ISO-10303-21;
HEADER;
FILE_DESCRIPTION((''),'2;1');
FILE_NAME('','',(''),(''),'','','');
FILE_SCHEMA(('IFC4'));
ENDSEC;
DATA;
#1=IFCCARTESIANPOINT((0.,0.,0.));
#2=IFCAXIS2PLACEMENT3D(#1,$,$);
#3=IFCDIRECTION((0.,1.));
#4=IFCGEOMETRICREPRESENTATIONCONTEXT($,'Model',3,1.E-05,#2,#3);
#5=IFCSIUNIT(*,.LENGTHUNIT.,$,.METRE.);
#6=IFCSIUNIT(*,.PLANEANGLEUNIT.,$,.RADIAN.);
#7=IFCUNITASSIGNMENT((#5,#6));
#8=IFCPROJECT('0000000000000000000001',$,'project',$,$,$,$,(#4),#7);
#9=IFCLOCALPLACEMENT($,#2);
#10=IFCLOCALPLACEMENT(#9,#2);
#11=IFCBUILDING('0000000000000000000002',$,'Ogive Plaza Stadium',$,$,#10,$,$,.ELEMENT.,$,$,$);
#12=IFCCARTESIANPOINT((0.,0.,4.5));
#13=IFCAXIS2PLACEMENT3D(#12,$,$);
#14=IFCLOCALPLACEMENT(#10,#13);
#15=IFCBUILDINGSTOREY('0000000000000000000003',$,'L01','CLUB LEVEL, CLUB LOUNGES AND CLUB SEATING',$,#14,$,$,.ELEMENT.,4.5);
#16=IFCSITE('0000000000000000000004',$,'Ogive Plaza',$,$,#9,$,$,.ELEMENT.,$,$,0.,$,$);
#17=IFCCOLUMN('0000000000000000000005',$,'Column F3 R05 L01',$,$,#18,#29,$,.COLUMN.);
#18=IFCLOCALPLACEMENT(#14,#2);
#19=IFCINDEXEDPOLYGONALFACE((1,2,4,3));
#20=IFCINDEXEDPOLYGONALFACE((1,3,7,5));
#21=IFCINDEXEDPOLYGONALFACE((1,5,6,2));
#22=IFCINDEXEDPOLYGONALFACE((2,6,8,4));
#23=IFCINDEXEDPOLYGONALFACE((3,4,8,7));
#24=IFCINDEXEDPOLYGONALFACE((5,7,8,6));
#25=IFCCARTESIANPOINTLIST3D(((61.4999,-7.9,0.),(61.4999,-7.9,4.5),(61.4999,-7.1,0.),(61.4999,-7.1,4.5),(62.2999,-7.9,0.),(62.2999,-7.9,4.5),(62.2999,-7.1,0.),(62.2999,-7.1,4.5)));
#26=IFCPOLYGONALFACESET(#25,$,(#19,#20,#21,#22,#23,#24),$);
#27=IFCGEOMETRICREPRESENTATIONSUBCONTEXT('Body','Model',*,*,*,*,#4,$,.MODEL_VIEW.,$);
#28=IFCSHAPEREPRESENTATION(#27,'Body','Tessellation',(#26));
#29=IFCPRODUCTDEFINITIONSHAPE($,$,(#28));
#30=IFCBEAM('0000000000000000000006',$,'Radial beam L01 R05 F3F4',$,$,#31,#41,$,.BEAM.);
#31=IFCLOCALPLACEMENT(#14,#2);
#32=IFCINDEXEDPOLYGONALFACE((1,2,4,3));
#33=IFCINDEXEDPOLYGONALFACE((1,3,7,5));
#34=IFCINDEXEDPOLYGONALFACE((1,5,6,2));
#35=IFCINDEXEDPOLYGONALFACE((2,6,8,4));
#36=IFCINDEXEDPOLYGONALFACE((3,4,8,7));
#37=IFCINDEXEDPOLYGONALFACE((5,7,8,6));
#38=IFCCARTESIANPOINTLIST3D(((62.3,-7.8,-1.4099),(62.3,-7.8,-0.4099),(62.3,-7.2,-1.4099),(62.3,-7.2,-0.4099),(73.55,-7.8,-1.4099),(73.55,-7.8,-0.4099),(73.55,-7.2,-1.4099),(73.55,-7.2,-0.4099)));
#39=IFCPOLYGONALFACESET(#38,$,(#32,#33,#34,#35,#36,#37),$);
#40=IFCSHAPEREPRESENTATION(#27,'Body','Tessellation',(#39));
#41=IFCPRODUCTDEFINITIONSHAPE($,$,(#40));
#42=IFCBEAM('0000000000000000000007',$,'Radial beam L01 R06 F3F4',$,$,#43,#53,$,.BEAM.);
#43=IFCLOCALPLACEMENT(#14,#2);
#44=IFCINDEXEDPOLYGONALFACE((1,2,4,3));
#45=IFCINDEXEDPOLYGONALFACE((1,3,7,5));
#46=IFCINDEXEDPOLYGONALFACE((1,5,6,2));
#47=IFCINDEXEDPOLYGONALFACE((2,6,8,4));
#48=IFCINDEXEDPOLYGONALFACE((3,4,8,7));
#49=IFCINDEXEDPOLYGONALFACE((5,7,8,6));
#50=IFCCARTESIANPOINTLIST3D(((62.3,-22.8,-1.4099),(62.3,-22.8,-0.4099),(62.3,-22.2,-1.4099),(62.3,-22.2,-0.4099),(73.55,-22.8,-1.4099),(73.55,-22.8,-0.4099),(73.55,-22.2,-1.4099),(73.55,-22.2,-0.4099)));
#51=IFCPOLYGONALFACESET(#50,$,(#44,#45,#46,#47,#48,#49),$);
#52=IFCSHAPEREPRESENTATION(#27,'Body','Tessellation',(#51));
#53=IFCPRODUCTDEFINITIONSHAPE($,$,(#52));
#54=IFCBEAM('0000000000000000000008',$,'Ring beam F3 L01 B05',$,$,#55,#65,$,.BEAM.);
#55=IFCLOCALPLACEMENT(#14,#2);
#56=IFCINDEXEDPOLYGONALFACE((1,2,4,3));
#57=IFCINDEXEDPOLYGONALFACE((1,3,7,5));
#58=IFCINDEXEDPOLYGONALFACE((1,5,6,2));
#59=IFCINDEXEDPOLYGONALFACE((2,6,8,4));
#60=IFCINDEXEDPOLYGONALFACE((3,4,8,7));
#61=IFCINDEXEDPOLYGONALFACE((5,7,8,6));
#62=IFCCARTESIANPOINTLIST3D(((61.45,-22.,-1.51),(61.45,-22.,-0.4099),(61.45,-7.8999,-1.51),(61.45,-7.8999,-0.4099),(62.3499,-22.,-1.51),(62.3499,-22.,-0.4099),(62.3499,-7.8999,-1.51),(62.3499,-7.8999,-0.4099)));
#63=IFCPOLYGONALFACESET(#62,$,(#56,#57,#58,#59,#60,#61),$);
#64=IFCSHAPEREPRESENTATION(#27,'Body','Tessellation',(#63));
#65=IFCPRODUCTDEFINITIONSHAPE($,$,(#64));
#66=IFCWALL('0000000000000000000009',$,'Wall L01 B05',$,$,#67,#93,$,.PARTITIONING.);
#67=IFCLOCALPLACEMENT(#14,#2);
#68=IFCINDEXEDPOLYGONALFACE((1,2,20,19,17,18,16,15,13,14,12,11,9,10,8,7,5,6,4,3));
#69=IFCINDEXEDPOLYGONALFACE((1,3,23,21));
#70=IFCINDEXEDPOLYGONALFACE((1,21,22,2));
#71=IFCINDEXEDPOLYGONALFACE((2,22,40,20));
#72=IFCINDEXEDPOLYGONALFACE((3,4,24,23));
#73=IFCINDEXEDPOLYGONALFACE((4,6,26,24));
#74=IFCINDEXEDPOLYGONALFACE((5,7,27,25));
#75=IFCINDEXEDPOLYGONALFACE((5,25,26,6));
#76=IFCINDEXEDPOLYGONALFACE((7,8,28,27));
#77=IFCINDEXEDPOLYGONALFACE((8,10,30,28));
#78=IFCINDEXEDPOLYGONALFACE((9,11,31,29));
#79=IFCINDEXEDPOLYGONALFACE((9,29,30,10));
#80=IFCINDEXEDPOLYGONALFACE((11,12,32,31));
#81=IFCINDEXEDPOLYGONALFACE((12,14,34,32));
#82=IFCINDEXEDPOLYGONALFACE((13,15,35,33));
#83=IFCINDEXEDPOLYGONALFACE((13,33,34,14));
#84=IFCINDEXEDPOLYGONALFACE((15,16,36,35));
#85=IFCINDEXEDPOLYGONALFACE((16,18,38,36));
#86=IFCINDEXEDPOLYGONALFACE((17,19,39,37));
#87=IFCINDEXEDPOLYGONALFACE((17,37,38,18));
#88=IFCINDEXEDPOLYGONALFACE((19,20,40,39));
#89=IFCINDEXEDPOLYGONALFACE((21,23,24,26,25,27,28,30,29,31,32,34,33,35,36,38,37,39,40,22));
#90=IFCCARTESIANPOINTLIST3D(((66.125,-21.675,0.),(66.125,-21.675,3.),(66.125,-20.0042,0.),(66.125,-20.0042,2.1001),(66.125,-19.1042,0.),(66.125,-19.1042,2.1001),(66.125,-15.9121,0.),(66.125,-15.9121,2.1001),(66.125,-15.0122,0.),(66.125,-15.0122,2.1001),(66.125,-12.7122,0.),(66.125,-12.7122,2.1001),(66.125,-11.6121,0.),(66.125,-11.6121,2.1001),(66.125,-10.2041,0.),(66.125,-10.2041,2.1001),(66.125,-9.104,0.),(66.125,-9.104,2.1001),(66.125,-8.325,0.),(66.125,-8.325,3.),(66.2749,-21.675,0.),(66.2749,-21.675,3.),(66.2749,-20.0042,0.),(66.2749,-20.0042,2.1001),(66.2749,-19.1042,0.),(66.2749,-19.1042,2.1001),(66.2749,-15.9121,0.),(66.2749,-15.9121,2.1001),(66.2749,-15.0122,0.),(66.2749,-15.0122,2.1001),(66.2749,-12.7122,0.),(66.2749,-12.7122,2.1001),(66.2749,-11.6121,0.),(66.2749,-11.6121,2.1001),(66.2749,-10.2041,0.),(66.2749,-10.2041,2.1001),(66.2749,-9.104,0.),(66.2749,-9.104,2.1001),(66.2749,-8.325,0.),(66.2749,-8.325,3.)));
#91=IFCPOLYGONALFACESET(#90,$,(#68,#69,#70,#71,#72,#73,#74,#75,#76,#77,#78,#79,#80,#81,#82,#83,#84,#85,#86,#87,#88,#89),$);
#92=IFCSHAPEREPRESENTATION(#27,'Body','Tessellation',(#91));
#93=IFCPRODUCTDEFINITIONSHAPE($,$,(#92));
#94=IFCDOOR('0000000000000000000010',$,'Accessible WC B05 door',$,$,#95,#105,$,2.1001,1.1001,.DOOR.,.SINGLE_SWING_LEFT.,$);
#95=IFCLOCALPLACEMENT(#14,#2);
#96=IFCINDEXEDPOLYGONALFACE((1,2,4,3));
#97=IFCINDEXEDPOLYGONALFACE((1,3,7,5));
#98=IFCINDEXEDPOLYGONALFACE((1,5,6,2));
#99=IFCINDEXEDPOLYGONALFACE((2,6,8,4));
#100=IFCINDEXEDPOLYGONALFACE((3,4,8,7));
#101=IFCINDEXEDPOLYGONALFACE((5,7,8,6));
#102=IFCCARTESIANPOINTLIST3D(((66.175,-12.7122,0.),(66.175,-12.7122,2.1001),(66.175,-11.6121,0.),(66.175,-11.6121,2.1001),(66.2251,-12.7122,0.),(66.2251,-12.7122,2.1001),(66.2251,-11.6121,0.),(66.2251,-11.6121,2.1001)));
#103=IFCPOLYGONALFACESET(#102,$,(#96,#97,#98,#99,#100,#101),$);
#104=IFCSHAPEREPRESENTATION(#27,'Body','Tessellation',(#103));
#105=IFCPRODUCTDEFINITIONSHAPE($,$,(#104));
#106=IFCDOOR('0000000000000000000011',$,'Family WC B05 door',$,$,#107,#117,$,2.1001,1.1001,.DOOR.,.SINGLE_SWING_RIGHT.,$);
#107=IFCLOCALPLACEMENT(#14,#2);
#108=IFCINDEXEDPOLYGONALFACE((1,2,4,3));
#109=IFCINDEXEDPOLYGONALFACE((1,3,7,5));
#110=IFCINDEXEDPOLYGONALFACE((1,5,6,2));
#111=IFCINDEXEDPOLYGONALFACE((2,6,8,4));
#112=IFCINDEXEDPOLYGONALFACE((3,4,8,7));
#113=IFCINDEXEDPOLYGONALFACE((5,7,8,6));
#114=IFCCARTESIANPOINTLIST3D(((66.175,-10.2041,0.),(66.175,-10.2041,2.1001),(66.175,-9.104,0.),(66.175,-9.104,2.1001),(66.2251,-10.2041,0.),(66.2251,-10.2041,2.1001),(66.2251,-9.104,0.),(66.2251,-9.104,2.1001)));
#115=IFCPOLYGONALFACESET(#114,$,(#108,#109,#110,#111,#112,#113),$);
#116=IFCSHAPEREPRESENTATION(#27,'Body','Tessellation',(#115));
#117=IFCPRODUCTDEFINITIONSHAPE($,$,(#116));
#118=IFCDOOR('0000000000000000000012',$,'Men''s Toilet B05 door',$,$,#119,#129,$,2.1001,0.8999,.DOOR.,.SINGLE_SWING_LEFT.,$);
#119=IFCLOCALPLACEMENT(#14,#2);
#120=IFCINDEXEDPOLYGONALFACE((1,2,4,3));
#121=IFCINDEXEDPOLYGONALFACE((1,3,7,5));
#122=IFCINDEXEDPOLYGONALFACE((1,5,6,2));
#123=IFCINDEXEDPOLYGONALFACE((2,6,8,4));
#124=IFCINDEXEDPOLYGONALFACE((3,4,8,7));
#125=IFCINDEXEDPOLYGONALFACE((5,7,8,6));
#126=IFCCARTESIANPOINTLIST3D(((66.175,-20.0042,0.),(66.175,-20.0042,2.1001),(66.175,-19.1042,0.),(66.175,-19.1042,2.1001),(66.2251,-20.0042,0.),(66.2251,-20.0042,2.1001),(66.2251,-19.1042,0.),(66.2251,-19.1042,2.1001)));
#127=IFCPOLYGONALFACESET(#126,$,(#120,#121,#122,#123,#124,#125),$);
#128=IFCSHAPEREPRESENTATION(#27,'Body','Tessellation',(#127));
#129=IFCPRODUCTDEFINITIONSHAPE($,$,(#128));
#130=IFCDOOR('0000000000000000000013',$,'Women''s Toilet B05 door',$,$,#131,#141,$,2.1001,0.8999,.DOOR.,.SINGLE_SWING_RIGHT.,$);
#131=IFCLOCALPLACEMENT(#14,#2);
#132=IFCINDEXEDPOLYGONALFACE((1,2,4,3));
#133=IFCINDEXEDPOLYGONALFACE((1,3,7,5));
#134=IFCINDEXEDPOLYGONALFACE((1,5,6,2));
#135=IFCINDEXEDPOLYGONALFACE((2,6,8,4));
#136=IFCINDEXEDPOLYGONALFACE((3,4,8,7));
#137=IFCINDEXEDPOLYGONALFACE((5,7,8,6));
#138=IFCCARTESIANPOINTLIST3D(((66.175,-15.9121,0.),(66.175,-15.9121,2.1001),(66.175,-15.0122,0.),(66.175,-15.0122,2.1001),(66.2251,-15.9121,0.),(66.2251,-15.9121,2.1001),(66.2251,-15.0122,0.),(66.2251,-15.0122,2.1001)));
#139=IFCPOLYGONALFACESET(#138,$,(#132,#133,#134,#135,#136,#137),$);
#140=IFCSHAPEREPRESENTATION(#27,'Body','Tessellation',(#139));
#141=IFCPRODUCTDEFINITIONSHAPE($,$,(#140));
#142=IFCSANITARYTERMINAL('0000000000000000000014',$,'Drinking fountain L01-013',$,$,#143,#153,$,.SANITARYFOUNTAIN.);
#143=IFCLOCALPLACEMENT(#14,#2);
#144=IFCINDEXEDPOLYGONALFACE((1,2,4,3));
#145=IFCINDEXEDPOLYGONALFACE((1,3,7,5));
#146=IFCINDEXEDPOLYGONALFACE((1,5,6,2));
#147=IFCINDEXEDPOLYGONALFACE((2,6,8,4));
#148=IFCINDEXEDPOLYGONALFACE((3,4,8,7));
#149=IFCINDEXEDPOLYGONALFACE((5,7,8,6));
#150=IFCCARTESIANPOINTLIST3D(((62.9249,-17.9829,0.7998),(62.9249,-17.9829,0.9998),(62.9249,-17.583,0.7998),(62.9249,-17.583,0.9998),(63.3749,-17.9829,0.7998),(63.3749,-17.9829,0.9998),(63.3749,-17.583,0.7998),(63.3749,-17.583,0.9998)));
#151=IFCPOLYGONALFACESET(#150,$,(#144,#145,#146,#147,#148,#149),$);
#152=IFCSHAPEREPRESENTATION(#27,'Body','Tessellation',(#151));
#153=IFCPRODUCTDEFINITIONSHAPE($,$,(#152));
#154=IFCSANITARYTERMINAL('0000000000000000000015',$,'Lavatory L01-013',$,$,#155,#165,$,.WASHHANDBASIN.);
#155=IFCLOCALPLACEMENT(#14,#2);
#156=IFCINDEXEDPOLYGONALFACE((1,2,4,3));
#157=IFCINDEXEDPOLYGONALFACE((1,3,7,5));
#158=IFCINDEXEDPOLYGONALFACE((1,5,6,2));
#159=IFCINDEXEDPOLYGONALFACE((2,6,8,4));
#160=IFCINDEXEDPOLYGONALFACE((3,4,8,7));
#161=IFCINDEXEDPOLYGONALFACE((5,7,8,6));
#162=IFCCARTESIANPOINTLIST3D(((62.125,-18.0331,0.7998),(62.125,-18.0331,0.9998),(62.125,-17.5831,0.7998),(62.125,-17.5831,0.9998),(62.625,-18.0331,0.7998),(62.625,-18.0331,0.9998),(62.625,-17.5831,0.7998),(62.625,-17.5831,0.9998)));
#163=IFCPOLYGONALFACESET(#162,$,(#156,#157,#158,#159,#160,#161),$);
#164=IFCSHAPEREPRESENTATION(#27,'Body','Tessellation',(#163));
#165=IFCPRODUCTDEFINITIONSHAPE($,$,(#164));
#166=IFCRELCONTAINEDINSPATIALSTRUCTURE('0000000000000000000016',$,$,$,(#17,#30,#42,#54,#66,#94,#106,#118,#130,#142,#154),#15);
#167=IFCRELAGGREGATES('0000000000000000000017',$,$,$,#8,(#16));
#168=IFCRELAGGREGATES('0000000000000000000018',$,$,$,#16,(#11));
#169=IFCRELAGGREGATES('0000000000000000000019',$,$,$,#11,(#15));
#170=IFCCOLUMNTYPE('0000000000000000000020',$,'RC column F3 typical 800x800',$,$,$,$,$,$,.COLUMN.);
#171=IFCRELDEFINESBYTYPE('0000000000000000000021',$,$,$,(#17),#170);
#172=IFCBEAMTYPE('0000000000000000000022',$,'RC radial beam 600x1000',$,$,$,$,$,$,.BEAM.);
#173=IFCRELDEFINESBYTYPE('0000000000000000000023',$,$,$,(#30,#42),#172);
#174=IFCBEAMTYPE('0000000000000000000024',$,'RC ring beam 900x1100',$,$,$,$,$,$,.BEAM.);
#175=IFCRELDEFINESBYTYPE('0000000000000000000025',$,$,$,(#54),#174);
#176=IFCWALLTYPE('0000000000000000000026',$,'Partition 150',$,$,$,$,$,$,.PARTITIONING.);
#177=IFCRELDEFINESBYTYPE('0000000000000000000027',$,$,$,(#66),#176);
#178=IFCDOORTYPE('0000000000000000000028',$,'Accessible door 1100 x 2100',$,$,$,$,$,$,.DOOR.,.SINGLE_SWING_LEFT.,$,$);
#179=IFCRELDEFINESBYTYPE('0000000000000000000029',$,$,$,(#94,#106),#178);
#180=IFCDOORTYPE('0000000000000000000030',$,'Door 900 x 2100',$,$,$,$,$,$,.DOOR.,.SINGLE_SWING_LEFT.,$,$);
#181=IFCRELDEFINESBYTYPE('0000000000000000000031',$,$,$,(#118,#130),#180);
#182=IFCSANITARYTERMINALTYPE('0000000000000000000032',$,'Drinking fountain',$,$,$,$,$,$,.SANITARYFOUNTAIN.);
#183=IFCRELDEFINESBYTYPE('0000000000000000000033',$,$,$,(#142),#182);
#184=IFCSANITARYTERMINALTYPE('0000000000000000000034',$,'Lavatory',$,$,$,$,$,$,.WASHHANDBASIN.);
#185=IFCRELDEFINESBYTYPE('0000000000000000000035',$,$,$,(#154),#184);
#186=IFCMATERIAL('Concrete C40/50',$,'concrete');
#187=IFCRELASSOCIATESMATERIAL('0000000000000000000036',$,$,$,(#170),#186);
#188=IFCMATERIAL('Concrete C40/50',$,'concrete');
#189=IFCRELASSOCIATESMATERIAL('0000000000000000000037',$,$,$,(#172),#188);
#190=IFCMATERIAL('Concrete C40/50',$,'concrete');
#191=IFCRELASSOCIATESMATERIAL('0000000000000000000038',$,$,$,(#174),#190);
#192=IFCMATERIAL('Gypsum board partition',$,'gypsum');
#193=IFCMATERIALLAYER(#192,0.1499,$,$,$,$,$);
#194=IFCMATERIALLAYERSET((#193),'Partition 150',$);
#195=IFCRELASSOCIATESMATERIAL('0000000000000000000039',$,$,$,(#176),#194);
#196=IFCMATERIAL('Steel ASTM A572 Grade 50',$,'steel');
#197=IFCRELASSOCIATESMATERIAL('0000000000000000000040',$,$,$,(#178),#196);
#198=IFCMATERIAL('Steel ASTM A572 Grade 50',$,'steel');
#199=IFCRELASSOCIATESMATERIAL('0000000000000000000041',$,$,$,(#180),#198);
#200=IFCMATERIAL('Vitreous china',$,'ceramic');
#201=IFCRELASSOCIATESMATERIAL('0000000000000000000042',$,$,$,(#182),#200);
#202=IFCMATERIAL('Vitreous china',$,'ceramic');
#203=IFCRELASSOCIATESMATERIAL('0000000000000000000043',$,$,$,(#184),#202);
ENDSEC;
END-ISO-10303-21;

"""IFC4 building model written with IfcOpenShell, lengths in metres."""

from ifc_helpers import new_model, si_unit, direction, frame, frame_2d, origin, origin_2d, place, context, subcontext, project, spatial, rectangle, extrude, material, layer, layer_set, material_profile, profile_set, type_object, element, fill, save


model = new_model("IFC4")

# Units and contexts
model_context = context("Model", 3, precision=1e-05, world=origin(), true_north=direction((0.0, 1.0)))
body_context = subcontext(model_context, "Body", "Model", "MODEL_VIEW")
ifc_project = project(units=[si_unit("LENGTHUNIT", "METRE"), si_unit("PLANEANGLEUNIT", "RADIAN")], contexts=[model_context])

# Site, building, storey
site_placement = place(None, origin())
site = spatial("IfcSite", under=ifc_project, at=site_placement, Name="Ogive Plaza", CompositionType="ELEMENT", RefElevation=0.0)
building_placement = place(site_placement, origin())
building = spatial("IfcBuilding", under=site, at=building_placement, Name="Ogive Plaza Stadium", CompositionType="ELEMENT")
storey_placement = place(building_placement, frame((0.0, 0.0, 4.5)))
storey = spatial("IfcBuildingStorey", under=building, at=storey_placement, Name="L01", Description="CLUB LEVEL, CLUB LOUNGES AND CLUB SEATING", CompositionType="ELEMENT", Elevation=4.5)

# Column
ifc_material_1 = material(Name="Concrete C40/50", Category="concrete")
ifc_material_profile_1 = material_profile(ifc_material_1, rectangle(XDim=0.8, YDim=0.8, at=origin_2d()), Name="RC 800x800")
ifc_profile_set_1 = profile_set([ifc_material_profile_1], Name="Concrete C40/50")
column_type = type_object("IfcColumnType", Name="RC column F3 typical 800x800", PredefinedType="COLUMN", material=ifc_profile_set_1)
column_placement = place(storey_placement, frame((61.8999, -7.5, 0.0), z_axis=(0.0, 0.0, 1.0), x_axis=(0.0, 1.0, 0.0)))
element("IfcColumn", 1, at=column_placement, inside=storey, type_object=column_type, Name="Column F3 R05 L01", PredefinedType="COLUMN", context=body_context, shape_type="SweptSolid", body=[
    extrude(rectangle(XDim=0.8, YDim=0.8, at=origin_2d()), origin(), (0.0, 0.0, 1.0), 4.5),
])

# Beams
ifc_material_2 = material(Name="Concrete C40/50", Category="concrete")
ifc_material_profile_2 = material_profile(ifc_material_2, rectangle(XDim=0.6001, YDim=1.0, at=origin_2d()), Name="RC 600x1000")
ifc_profile_set_2 = profile_set([ifc_material_profile_2], Name="Concrete C40/50")
beam_type_1 = type_object("IfcBeamType", Name="RC radial beam 600x1000", PredefinedType="BEAM", material=ifc_profile_set_2)
for number, where, z_axis, x_axis, name in (
    (2, (62.3, -7.5, -0.9099), (1.0, 0.0, 0.0), (0.0, 1.0, 0.0), "Radial beam L01 R05 F3F4"),
    (3, (62.3, -22.5, -0.9099), (1.0, 0.0, 0.0), (0.0, 1.0, 0.0), "Radial beam L01 R06 F3F4"),
):
    element("IfcBeam", number, at=place(storey_placement, frame(where, z_axis=z_axis, x_axis=x_axis)), inside=storey, type_object=beam_type_1, Name=name, PredefinedType="BEAM", context=body_context, shape_type="SweptSolid", body=[
        extrude(rectangle(XDim=0.6001, YDim=1.0, at=origin_2d()), origin(), (0.0, 0.0, 1.0), 11.25),
    ])
ifc_material_3 = material(Name="Concrete C40/50", Category="concrete")
ifc_material_profile_3 = material_profile(ifc_material_3, rectangle(XDim=0.8999, YDim=1.1001, at=origin_2d()), Name="RC 900x1100")
ifc_profile_set_3 = profile_set([ifc_material_profile_3], Name="Concrete C40/50")
beam_type_2 = type_object("IfcBeamType", Name="RC ring beam 900x1100", PredefinedType="BEAM", material=ifc_profile_set_3)
beam_placement = place(storey_placement, frame((61.8999, -7.8999, -0.96), z_axis=(0.0, -1.0, 0.0), x_axis=(1.0, 0.0, 0.0)))
element("IfcBeam", 4, at=beam_placement, inside=storey, type_object=beam_type_2, Name="Ring beam F3 L01 B05", PredefinedType="BEAM", context=body_context, shape_type="SweptSolid", body=[
    extrude(rectangle(XDim=0.8999, YDim=1.1001, at=origin_2d()), origin(), (0.0, 0.0, 1.0), 14.1001),
])

# Wall, openings, doors
ifc_material_4 = material(Name="Gypsum board partition", Category="gypsum")
ifc_layer = layer(ifc_material_4, 0.1499)
ifc_layer_set = layer_set([ifc_layer], Name="Partition 150")
wall_type = type_object("IfcWallType", Name="Partition 150", PredefinedType="PARTITIONING", material=ifc_layer_set)
wall_placement = place(storey_placement, frame((66.2, -21.675, 0.0), z_axis=(0.0, 0.0, 1.0), x_axis=(0.0, 1.0, 0.0)))
wall = element("IfcWall", 5, at=wall_placement, inside=storey, type_object=wall_type, Name="Wall L01 B05", PredefinedType="PARTITIONING", context=body_context, shape_type="SweptSolid", body=[
    extrude(rectangle(XDim=13.3501, YDim=0.1499, at=frame_2d((6.675, 0.0))), origin(), (0.0, 0.0, 1.0), 3.0),
])
opening_1_placement = place(wall_placement, frame((1.6709, 0.0, 0.0)))
opening_1 = element("IfcOpeningElement", 6, at=opening_1_placement, cuts=wall, PredefinedType="OPENING", context=body_context, shape_type="SweptSolid", body=[
    extrude(rectangle(XDim=0.8999, YDim=2.1001, at=frame_2d((0.45, 1.05))), frame((0.0, 0.075, 0.0), z_axis=(0.0, -1.0, 0.0), x_axis=(1.0, 0.0, 0.0)), (0.0, 0.0, 1.0), 0.1499),
])
opening_2_placement = place(wall_placement, frame((5.7629, 0.0, 0.0)))
opening_2 = element("IfcOpeningElement", 7, at=opening_2_placement, cuts=wall, PredefinedType="OPENING", context=body_context, shape_type="SweptSolid", body=[
    extrude(rectangle(XDim=0.8999, YDim=2.1001, at=frame_2d((0.45, 1.05))), frame((0.0, 0.075, 0.0), z_axis=(0.0, -1.0, 0.0), x_axis=(1.0, 0.0, 0.0)), (0.0, 0.0, 1.0), 0.1499),
])
opening_3_placement = place(wall_placement, frame((8.9629, 0.0, 0.0)))
opening_3 = element("IfcOpeningElement", 8, at=opening_3_placement, cuts=wall, PredefinedType="OPENING", context=body_context, shape_type="SweptSolid", body=[
    extrude(rectangle(XDim=1.1001, YDim=2.1001, at=frame_2d((0.55, 1.05))), frame((0.0, 0.075, 0.0), z_axis=(0.0, -1.0, 0.0), x_axis=(1.0, 0.0, 0.0)), (0.0, 0.0, 1.0), 0.1499),
])
opening_4_placement = place(wall_placement, frame((11.4709, 0.0, 0.0)))
opening_4 = element("IfcOpeningElement", 9, at=opening_4_placement, cuts=wall, PredefinedType="OPENING", context=body_context, shape_type="SweptSolid", body=[
    extrude(rectangle(XDim=1.1001, YDim=2.1001, at=frame_2d((0.55, 1.05))), frame((0.0, 0.075, 0.0), z_axis=(0.0, -1.0, 0.0), x_axis=(1.0, 0.0, 0.0)), (0.0, 0.0, 1.0), 0.1499),
])
ifc_material_5 = material(Name="Steel ASTM A572 Grade 50", Category="steel")
door_type_1 = type_object("IfcDoorType", Name="Accessible door 1100 x 2100", OperationType="SINGLE_SWING_LEFT", PredefinedType="DOOR", material=ifc_material_5)
door_1_placement = place(opening_3_placement, origin())
door_1 = element("IfcDoor", 10, at=door_1_placement, inside=storey, type_object=door_type_1, Name="Accessible WC B05 door", OperationType="SINGLE_SWING_LEFT", OverallHeight=2.1001, OverallWidth=1.1001, PredefinedType="DOOR", context=body_context, shape_type="SweptSolid", body=[
    extrude(rectangle(XDim=1.1001, YDim=2.1001, at=frame_2d((0.55, 1.05))), frame((0.0, 0.0249, 0.0), z_axis=(0.0, -1.0, 0.0), x_axis=(1.0, 0.0, 0.0)), (0.0, 0.0, 1.0), 0.05),
])
fill(opening_3, door_1)
door_2_placement = place(opening_4_placement, origin())
door_2 = element("IfcDoor", 11, at=door_2_placement, inside=storey, type_object=door_type_1, Name="Family WC B05 door", OperationType="SINGLE_SWING_RIGHT", OverallHeight=2.1001, OverallWidth=1.1001, PredefinedType="DOOR", context=body_context, shape_type="SweptSolid", body=[
    extrude(rectangle(XDim=1.1001, YDim=2.1001, at=frame_2d((0.55, 1.05))), frame((0.0, 0.0249, 0.0), z_axis=(0.0, -1.0, 0.0), x_axis=(1.0, 0.0, 0.0)), (0.0, 0.0, 1.0), 0.05),
])
fill(opening_4, door_2)
ifc_material_6 = material(Name="Steel ASTM A572 Grade 50", Category="steel")
door_type_2 = type_object("IfcDoorType", Name="Door 900 x 2100", OperationType="SINGLE_SWING_LEFT", PredefinedType="DOOR", material=ifc_material_6)
door_3_placement = place(opening_1_placement, origin())
door_3 = element("IfcDoor", 12, at=door_3_placement, inside=storey, type_object=door_type_2, Name="Men's Toilet B05 door", OperationType="SINGLE_SWING_LEFT", OverallHeight=2.1001, OverallWidth=0.8999, PredefinedType="DOOR", context=body_context, shape_type="SweptSolid", body=[
    extrude(rectangle(XDim=0.8999, YDim=2.1001, at=frame_2d((0.45, 1.05))), frame((0.0, 0.0249, 0.0), z_axis=(0.0, -1.0, 0.0), x_axis=(1.0, 0.0, 0.0)), (0.0, 0.0, 1.0), 0.05),
])
fill(opening_1, door_3)
door_4_placement = place(opening_2_placement, origin())
door_4 = element("IfcDoor", 13, at=door_4_placement, inside=storey, type_object=door_type_2, Name="Women's Toilet B05 door", OperationType="SINGLE_SWING_RIGHT", OverallHeight=2.1001, OverallWidth=0.8999, PredefinedType="DOOR", context=body_context, shape_type="SweptSolid", body=[
    extrude(rectangle(XDim=0.8999, YDim=2.1001, at=frame_2d((0.45, 1.05))), frame((0.0, 0.0249, 0.0), z_axis=(0.0, -1.0, 0.0), x_axis=(1.0, 0.0, 0.0)), (0.0, 0.0, 1.0), 0.05),
])
fill(opening_2, door_4)

# Sanitary terminals
ifc_material_7 = material(Name="Vitreous china", Category="ceramic")
sanitary_terminal_type_1 = type_object("IfcSanitaryTerminalType", Name="Drinking fountain", PredefinedType="SANITARYFOUNTAIN", material=ifc_material_7)
sanitary_terminal_1_placement = place(storey_placement, frame((63.1499, -17.783, 0.7998), z_axis=(0.0, 0.0, 1.0), x_axis=(1.0, 0.0, 0.0)))
element("IfcSanitaryTerminal", 14, at=sanitary_terminal_1_placement, inside=storey, type_object=sanitary_terminal_type_1, Name="Drinking fountain L01-013", PredefinedType="SANITARYFOUNTAIN", context=body_context, shape_type="SweptSolid", body=[
    extrude(rectangle(XDim=0.45, YDim=0.3999, at=origin_2d()), origin(), (0.0, 0.0, 1.0), 0.2),
])
ifc_material_8 = material(Name="Vitreous china", Category="ceramic")
sanitary_terminal_type_2 = type_object("IfcSanitaryTerminalType", Name="Lavatory", PredefinedType="WASHHANDBASIN", material=ifc_material_8)
for number, where, z_axis, x_axis, name in (
    (15, (62.375, -17.8081, 0.7998), (0.0, 0.0, 1.0), (1.0, 0.0, 0.0), "Lavatory L01-013"),
):
    element("IfcSanitaryTerminal", number, at=place(storey_placement, frame(where, z_axis=z_axis, x_axis=x_axis)), inside=storey, type_object=sanitary_terminal_type_2, Name=name, PredefinedType="WASHHANDBASIN", context=body_context, shape_type="SweptSolid", body=[
        extrude(rectangle(XDim=0.5, YDim=0.45, at=origin_2d()), origin(), (0.0, 0.0, 1.0), 0.2),
    ])

save(model, "model.ifc")
